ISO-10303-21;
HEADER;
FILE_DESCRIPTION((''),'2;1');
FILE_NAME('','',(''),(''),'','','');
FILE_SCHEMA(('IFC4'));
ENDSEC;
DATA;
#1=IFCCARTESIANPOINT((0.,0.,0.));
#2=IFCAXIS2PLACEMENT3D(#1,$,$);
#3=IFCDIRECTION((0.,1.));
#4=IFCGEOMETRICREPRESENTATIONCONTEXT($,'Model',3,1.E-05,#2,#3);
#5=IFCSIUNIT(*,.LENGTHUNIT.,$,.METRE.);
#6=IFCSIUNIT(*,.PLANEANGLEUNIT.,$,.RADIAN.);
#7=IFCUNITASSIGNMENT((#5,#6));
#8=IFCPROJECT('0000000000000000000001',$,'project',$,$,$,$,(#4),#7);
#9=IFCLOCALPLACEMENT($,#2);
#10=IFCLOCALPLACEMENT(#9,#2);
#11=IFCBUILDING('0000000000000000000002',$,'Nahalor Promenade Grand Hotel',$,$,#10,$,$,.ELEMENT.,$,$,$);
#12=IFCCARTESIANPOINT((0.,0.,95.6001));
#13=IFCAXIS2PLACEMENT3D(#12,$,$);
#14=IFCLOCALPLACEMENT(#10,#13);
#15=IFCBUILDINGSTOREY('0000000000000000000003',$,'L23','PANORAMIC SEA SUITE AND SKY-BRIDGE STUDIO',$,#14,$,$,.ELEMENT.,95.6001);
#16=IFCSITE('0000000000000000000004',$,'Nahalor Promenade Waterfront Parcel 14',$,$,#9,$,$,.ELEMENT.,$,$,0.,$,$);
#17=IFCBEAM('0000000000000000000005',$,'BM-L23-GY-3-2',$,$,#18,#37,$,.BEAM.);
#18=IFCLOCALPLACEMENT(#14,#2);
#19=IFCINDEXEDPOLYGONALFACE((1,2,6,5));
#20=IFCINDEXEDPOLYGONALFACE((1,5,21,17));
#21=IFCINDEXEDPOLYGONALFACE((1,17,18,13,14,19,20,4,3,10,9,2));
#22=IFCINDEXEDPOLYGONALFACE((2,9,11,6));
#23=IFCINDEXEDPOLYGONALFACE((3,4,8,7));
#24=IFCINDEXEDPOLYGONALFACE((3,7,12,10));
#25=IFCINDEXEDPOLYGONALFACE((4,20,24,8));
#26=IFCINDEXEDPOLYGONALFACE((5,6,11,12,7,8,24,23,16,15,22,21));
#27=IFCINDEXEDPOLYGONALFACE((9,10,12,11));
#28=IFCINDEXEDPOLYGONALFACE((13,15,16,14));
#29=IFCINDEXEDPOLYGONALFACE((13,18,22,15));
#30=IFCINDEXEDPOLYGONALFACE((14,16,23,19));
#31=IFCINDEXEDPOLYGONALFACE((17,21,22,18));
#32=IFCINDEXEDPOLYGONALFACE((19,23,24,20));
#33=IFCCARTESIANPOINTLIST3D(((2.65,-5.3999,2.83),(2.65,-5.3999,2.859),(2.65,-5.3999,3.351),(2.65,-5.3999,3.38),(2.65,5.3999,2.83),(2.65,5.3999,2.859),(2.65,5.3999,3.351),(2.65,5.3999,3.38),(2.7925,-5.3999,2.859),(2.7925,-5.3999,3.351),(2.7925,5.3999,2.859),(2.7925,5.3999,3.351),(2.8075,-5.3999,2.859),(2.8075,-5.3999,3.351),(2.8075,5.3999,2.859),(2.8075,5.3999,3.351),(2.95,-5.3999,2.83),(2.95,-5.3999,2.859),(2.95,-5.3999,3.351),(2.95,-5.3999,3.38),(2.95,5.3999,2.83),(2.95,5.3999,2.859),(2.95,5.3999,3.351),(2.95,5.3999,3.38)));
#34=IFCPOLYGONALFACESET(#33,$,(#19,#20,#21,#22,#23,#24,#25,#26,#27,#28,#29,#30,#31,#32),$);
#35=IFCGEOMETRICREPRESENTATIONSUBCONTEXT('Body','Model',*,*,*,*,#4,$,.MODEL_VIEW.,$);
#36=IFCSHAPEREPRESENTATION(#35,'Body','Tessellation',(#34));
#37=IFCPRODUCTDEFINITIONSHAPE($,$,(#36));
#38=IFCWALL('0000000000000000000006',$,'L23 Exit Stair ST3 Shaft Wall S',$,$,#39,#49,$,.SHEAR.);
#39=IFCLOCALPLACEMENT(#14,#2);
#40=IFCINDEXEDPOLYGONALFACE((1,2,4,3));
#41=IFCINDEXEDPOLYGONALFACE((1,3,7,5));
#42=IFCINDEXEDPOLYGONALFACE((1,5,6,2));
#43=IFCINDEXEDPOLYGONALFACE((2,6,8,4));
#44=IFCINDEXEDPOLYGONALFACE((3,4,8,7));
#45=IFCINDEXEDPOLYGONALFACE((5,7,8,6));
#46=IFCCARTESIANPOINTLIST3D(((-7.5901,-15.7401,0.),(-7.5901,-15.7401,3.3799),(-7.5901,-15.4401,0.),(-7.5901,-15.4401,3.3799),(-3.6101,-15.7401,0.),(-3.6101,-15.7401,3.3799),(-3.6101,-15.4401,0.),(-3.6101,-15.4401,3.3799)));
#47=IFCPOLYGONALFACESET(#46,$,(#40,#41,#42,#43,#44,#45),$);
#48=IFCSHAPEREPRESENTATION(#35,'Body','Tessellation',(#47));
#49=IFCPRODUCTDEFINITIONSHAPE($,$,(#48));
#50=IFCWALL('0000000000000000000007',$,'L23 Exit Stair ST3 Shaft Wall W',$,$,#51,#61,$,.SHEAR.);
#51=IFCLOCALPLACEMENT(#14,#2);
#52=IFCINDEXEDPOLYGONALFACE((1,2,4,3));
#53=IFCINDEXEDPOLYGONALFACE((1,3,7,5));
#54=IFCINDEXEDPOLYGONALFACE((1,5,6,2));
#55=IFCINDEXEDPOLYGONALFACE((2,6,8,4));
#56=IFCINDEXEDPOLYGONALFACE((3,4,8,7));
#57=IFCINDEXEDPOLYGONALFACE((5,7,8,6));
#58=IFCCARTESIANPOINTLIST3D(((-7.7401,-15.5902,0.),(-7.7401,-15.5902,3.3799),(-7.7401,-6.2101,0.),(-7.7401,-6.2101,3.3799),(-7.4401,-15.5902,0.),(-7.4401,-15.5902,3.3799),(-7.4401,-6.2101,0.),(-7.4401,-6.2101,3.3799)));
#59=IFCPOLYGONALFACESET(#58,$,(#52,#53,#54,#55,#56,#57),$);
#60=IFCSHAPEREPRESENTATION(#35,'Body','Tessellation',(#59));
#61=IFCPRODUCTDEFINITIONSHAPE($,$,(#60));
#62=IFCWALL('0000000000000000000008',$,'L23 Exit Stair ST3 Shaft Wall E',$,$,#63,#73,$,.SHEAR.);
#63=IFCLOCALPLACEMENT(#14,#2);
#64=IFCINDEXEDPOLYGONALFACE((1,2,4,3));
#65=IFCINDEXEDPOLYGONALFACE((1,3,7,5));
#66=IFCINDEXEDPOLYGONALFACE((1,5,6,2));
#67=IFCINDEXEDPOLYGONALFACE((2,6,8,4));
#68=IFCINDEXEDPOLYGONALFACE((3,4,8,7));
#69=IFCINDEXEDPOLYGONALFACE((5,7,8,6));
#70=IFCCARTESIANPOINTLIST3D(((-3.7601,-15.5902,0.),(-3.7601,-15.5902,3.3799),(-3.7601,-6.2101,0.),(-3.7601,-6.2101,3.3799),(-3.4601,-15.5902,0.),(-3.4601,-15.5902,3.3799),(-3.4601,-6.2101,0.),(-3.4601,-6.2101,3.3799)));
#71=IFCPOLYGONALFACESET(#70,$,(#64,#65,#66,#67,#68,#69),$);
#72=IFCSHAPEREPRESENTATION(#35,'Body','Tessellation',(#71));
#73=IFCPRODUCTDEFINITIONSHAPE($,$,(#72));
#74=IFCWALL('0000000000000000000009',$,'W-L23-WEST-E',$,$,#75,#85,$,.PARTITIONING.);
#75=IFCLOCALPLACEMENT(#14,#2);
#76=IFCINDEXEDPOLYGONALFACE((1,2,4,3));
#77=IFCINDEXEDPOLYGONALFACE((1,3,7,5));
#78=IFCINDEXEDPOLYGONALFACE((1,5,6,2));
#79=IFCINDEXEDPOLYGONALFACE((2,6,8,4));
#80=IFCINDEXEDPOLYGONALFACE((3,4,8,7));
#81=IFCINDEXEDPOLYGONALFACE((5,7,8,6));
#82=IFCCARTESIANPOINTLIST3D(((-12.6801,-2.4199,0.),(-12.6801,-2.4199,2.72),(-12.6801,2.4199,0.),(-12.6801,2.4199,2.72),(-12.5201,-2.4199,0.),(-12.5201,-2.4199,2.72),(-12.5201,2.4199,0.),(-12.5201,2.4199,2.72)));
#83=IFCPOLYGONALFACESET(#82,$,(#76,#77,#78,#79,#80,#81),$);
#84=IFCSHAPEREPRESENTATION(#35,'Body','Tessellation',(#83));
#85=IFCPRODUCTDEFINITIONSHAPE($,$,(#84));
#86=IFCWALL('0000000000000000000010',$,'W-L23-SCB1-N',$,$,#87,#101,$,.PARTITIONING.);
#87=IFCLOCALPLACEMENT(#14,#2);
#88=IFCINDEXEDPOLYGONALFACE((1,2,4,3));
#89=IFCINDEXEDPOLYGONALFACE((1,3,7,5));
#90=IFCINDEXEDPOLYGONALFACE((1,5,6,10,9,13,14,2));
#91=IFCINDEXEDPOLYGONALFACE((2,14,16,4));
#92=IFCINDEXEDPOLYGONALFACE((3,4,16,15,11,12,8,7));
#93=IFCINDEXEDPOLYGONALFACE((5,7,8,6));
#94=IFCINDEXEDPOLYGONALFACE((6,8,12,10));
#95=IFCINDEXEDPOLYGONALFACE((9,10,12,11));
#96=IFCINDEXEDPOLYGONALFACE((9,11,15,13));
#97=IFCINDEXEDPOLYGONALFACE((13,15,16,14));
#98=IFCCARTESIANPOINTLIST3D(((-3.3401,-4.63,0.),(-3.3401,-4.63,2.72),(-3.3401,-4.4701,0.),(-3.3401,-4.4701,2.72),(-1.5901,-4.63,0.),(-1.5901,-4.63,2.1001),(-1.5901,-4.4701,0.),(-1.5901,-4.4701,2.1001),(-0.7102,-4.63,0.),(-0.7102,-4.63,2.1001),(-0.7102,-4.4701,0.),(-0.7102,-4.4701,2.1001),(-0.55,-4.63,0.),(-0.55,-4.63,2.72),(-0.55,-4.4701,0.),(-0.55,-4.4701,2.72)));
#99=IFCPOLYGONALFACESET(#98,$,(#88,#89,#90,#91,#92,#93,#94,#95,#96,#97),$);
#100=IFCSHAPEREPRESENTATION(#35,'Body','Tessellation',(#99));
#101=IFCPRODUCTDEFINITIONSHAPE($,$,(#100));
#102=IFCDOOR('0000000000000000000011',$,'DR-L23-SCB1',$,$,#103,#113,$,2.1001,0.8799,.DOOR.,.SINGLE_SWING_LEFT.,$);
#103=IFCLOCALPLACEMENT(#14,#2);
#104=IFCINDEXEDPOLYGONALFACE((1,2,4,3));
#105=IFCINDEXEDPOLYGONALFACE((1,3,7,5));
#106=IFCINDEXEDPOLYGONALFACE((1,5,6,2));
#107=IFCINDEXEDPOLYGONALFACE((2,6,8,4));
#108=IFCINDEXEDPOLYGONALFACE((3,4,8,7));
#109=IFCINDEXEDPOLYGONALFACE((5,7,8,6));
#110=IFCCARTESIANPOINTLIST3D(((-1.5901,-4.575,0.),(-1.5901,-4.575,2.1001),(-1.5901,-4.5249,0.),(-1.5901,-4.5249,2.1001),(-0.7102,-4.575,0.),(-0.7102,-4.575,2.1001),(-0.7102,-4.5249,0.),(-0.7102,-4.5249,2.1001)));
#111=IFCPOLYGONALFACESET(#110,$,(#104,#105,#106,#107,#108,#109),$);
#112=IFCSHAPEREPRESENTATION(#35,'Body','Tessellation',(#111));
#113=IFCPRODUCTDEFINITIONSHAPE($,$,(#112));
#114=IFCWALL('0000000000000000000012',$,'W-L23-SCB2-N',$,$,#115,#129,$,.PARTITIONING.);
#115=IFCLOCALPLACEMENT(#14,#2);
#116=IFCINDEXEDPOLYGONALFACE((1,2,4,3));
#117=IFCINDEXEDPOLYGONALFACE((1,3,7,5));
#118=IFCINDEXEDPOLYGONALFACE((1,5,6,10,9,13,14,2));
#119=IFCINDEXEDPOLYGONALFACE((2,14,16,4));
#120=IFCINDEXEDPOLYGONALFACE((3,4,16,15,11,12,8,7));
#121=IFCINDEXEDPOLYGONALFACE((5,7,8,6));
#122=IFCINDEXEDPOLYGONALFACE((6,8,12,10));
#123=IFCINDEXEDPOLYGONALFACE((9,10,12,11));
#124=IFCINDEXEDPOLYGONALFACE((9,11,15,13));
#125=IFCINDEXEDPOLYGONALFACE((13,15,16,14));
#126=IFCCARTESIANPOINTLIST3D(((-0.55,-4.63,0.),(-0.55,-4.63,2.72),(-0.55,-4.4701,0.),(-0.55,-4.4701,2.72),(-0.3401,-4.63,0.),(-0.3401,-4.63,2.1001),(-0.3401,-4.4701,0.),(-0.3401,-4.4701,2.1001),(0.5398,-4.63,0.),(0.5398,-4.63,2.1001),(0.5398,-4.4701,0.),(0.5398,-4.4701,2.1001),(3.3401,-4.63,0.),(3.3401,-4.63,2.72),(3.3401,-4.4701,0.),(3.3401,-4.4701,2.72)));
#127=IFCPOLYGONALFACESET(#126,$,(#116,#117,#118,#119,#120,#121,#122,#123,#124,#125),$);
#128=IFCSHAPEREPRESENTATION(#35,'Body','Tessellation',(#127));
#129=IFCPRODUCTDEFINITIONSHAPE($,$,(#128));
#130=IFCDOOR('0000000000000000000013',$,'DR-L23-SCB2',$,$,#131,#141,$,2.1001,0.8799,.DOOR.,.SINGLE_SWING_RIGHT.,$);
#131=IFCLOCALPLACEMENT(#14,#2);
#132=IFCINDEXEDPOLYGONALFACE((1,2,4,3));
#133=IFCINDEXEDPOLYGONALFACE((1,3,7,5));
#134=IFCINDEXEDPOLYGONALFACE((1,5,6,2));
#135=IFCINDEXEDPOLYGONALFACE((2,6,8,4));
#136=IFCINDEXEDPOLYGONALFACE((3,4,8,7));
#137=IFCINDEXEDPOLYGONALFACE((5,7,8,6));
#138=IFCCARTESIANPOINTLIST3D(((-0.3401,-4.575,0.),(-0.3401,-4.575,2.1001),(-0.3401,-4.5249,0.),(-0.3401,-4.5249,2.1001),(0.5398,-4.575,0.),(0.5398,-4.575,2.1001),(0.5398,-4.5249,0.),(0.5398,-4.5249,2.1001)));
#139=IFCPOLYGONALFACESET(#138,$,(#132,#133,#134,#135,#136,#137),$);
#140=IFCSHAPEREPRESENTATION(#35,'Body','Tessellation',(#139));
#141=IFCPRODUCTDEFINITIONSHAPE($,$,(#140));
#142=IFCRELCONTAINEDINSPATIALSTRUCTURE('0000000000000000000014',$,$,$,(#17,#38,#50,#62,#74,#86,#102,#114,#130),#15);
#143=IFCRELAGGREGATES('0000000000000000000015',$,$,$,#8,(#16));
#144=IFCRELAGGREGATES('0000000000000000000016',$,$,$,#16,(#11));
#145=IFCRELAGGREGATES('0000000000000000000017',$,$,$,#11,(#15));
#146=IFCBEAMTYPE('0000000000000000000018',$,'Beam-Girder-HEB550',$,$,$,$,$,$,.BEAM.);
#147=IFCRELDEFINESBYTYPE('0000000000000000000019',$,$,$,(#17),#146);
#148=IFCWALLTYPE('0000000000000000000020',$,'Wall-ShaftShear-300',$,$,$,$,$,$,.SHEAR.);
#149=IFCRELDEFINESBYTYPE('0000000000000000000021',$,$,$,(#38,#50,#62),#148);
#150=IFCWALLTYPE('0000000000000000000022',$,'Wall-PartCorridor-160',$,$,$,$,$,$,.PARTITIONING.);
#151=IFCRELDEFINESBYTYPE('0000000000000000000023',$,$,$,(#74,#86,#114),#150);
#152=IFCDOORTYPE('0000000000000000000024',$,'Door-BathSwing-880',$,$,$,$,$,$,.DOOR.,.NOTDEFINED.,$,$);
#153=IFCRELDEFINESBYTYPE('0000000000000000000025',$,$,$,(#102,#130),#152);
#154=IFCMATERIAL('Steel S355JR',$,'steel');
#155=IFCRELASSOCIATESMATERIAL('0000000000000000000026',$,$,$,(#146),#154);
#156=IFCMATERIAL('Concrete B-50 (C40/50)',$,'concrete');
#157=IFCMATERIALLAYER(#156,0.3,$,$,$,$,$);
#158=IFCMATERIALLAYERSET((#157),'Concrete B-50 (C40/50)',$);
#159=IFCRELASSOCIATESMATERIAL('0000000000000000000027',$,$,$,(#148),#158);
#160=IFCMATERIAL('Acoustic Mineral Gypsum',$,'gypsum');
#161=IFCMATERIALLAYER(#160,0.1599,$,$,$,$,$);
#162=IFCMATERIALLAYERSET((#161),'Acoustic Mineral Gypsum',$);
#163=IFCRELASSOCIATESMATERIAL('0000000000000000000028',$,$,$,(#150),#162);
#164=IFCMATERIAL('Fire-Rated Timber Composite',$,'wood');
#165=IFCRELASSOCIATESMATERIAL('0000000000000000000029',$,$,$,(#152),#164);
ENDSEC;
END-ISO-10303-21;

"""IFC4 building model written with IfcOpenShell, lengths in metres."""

from ifc_helpers import new_model, si_unit, direction, frame, frame_2d, origin, origin_2d, place, context, subcontext, project, spatial, rectangle, i_section, extrude, source, transform, mapped, material, layer, layer_set, material_profile, profile_set, type_object, element, fill, save


model = new_model("IFC4")

# Units and contexts
model_context = context("Model", 3, precision=1e-05, world=origin(), true_north=direction((0.0, 1.0)))
body_context = subcontext(model_context, "Body", "Model", "MODEL_VIEW")
ifc_project = project(units=[si_unit("LENGTHUNIT", "METRE"), si_unit("PLANEANGLEUNIT", "RADIAN")], contexts=[model_context])

# Site, building, storey
site_placement = place(None, origin())
site = spatial("IfcSite", under=ifc_project, at=site_placement, Name="Nahalor Promenade Waterfront Parcel 14", CompositionType="ELEMENT", RefElevation=0.0)
building_placement = place(site_placement, origin())
building = spatial("IfcBuilding", under=site, at=building_placement, Name="Nahalor Promenade Grand Hotel", CompositionType="ELEMENT")
storey_placement = place(building_placement, frame((0.0, 0.0, 95.6001)))
storey = spatial("IfcBuildingStorey", under=building, at=storey_placement, Name="L23", Description="PANORAMIC SEA SUITE AND SKY-BRIDGE STUDIO", CompositionType="ELEMENT", Elevation=95.6001)

# Beam
ifc_material_1 = material(Name="Steel S355JR", Category="steel")
ifc_material_profile_1 = material_profile(ifc_material_1, i_section(OverallWidth=0.3, OverallDepth=0.55, WebThickness=0.015, FlangeThickness=0.029, at=origin_2d()), Name="HEB 550")
ifc_profile_set_1 = profile_set([ifc_material_profile_1], Name="Steel S355JR")
beam_type = type_object("IfcBeamType", Name="Beam-Girder-HEB550", PredefinedType="BEAM", material=ifc_profile_set_1)
shared_shape_1 = source(origin(), body_context, "Body", "SweptSolid", [
    extrude(i_section(OverallWidth=0.3, OverallDepth=0.55, WebThickness=0.015, FlangeThickness=0.029, at=origin_2d()), origin(), (0.0, 0.0, 1.0), 10.7998),
])
for number, where, z_axis, x_axis, name in (
    (1, (2.8, -5.3999, 3.105), (0.0, 1.0, 0.0), (-1.0, 0.0, 0.0), "BM-L23-GY-3-2"),
):
    element("IfcBeam", number, at=place(storey_placement, frame(where, z_axis=z_axis, x_axis=x_axis)), inside=storey, type_object=beam_type, Name=name, PredefinedType="BEAM", context=body_context, shape_type="MappedRepresentation", body=[
        mapped(shared_shape_1, transform((0.0, 0.0, 0.0), scale=1.0)),
    ])

# Wall
ifc_material_2 = material(Name="Concrete B-50 (C40/50)", Category="concrete")
ifc_layer_1 = layer(ifc_material_2, 0.3)
ifc_layer_set_1 = layer_set([ifc_layer_1], Name="Concrete B-50 (C40/50)")
wall_type_1 = type_object("IfcWallType", Name="Wall-ShaftShear-300", PredefinedType="SHEAR", material=ifc_layer_set_1)
shared_shape_2 = source(origin(), body_context, "Body", "SweptSolid", [
    extrude(rectangle(XDim=3.98, YDim=0.3, at=frame_2d((1.99, 0.0))), origin(), (0.0, 0.0, 1.0), 3.3799),
])
wall_1_placement = place(storey_placement, frame((-7.5901, -15.5901, 0.0), z_axis=(0.0, 0.0, 1.0), x_axis=(1.0, 0.0, 0.0)))
element("IfcWall", 2, at=wall_1_placement, inside=storey, type_object=wall_type_1, Name="L23 Exit Stair ST3 Shaft Wall S", PredefinedType="SHEAR", context=body_context, shape_type="MappedRepresentation", body=[
    mapped(shared_shape_2, transform((0.0, 0.0, 0.0), scale=1.0)),
])

# Walls
shared_shape_3 = source(origin(), body_context, "Body", "SweptSolid", [
    extrude(rectangle(XDim=9.3801, YDim=0.3, at=frame_2d((4.6899, 0.0))), origin(), (0.0, 0.0, 1.0), 3.3799),
])
for number, where, z_axis, x_axis, name in (
    (3, (-7.5901, -15.5901, 0.0), (0.0, 0.0, 1.0), (0.0, 1.0, 0.0), "L23 Exit Stair ST3 Shaft Wall W"),
    (4, (-3.6101, -15.5901, 0.0), (0.0, 0.0, 1.0), (0.0, 1.0, 0.0), "L23 Exit Stair ST3 Shaft Wall E"),
):
    element("IfcWall", number, at=place(storey_placement, frame(where, z_axis=z_axis, x_axis=x_axis)), inside=storey, type_object=wall_type_1, Name=name, PredefinedType="SHEAR", context=body_context, shape_type="MappedRepresentation", body=[
        mapped(shared_shape_3, transform((0.0, 0.0, 0.0), scale=1.0)),
    ])
ifc_material_3 = material(Name="Acoustic Mineral Gypsum", Category="gypsum")
ifc_layer_2 = layer(ifc_material_3, 0.1599)
ifc_layer_set_2 = layer_set([ifc_layer_2], Name="Acoustic Mineral Gypsum")
wall_type_2 = type_object("IfcWallType", Name="Wall-PartCorridor-160", PredefinedType="PARTITIONING", material=ifc_layer_set_2)
shared_shape_4 = source(origin(), body_context, "Body", "SweptSolid", [
    extrude(rectangle(XDim=4.8398, YDim=0.1599, at=frame_2d((2.4199, 0.0))), origin(), (0.0, 0.0, 1.0), 2.72),
])
wall_2_placement = place(storey_placement, frame((-12.6001, -2.4199, 0.0), z_axis=(0.0, 0.0, 1.0), x_axis=(0.0, 1.0, 0.0)))
element("IfcWall", 5, at=wall_2_placement, inside=storey, type_object=wall_type_2, Name="W-L23-WEST-E", PredefinedType="PARTITIONING", context=body_context, shape_type="MappedRepresentation", body=[
    mapped(shared_shape_4, transform((0.0, 0.0, 0.0), scale=1.0)),
])

# Walls, openings, doors
shared_shape_5 = source(origin(), body_context, "Body", "SweptSolid", [
    extrude(rectangle(XDim=2.79, YDim=0.1599, at=frame_2d((1.395, 0.0))), origin(), (0.0, 0.0, 1.0), 2.72),
])
wall_3_placement = place(storey_placement, frame((-3.3401, -4.55, 0.0), z_axis=(0.0, 0.0, 1.0), x_axis=(1.0, 0.0, 0.0)))
wall_3 = element("IfcWall", 6, at=wall_3_placement, inside=storey, type_object=wall_type_2, Name="W-L23-SCB1-N", PredefinedType="PARTITIONING", context=body_context, shape_type="MappedRepresentation", body=[
    mapped(shared_shape_5, transform((0.0, 0.0, 0.0), scale=1.0)),
])
opening_1_placement = place(wall_3_placement, frame((1.75, 0.0, 0.0)))
opening_1 = element("IfcOpeningElement", 7, at=opening_1_placement, cuts=wall_3, PredefinedType="OPENING", context=body_context, shape_type="SweptSolid", body=[
    extrude(rectangle(XDim=0.8799, YDim=2.1001, at=frame_2d((0.4399, 1.05))), frame((0.0, 0.0898, 0.0), z_axis=(0.0, -1.0, 0.0), x_axis=(1.0, 0.0, 0.0)), (0.0, 0.0, 1.0), 0.1799),
])
ifc_material_4 = material(Name="Fire-Rated Timber Composite", Category="wood")
door_type_1 = type_object("IfcDoorType", Name="Door-BathSwing-880", OperationType="NOTDEFINED", PredefinedType="DOOR", material=ifc_material_4)
shared_shape_6 = source(origin(), body_context, "Body", "SweptSolid", [
    extrude(rectangle(XDim=0.8799, YDim=2.1001, at=frame_2d((0.4399, 1.05))), frame((0.0, 0.0249, 0.0), z_axis=(0.0, -1.0, 0.0), x_axis=(1.0, 0.0, 0.0)), (0.0, 0.0, 1.0), 0.05),
])
door_1_placement = place(opening_1_placement, frame((0.8799, 0.0, 0.0), z_axis=(0.0, 0.0, 1.0), x_axis=(-1.0, 0.0, 0.0)))
door_1 = element("IfcDoor", 8, at=door_1_placement, inside=storey, type_object=door_type_1, Name="DR-L23-SCB1", OperationType="SINGLE_SWING_LEFT", OverallHeight=2.1001, OverallWidth=0.8799, PredefinedType="DOOR", context=body_context, shape_type="MappedRepresentation", body=[
    mapped(shared_shape_6, transform((0.0, 0.0, 0.0), scale=1.0)),
])
fill(opening_1, door_1)
shared_shape_7 = source(origin(), body_context, "Body", "SweptSolid", [
    extrude(rectangle(XDim=3.8901, YDim=0.1599, at=frame_2d((1.9451, 0.0))), origin(), (0.0, 0.0, 1.0), 2.72),
])
wall_4_placement = place(storey_placement, frame((-0.55, -4.55, 0.0), z_axis=(0.0, 0.0, 1.0), x_axis=(1.0, 0.0, 0.0)))
wall_4 = element("IfcWall", 9, at=wall_4_placement, inside=storey, type_object=wall_type_2, Name="W-L23-SCB2-N", PredefinedType="PARTITIONING", context=body_context, shape_type="MappedRepresentation", body=[
    mapped(shared_shape_7, transform((0.0, 0.0, 0.0), scale=1.0)),
])
opening_2_placement = place(wall_4_placement, frame((0.21, 0.0, 0.0)))
opening_2 = element("IfcOpeningElement", 10, at=opening_2_placement, cuts=wall_4, PredefinedType="OPENING", context=body_context, shape_type="SweptSolid", body=[
    extrude(rectangle(XDim=0.8799, YDim=2.1001, at=frame_2d((0.4399, 1.05))), frame((0.0, 0.0898, 0.0), z_axis=(0.0, -1.0, 0.0), x_axis=(1.0, 0.0, 0.0)), (0.0, 0.0, 1.0), 0.1799),
])
door_2_placement = place(opening_2_placement, frame((0.8799, 0.0, 0.0), z_axis=(0.0, 0.0, 1.0), x_axis=(-1.0, 0.0, 0.0)))
door_2 = element("IfcDoor", 11, at=door_2_placement, inside=storey, type_object=door_type_1, Name="DR-L23-SCB2", OperationType="SINGLE_SWING_RIGHT", OverallHeight=2.1001, OverallWidth=0.8799, PredefinedType="DOOR", context=body_context, shape_type="MappedRepresentation", body=[
    mapped(shared_shape_6, transform((0.0, 0.0, 0.0), scale=1.0)),
])
fill(opening_2, door_2)

save(model, "model.ifc")
